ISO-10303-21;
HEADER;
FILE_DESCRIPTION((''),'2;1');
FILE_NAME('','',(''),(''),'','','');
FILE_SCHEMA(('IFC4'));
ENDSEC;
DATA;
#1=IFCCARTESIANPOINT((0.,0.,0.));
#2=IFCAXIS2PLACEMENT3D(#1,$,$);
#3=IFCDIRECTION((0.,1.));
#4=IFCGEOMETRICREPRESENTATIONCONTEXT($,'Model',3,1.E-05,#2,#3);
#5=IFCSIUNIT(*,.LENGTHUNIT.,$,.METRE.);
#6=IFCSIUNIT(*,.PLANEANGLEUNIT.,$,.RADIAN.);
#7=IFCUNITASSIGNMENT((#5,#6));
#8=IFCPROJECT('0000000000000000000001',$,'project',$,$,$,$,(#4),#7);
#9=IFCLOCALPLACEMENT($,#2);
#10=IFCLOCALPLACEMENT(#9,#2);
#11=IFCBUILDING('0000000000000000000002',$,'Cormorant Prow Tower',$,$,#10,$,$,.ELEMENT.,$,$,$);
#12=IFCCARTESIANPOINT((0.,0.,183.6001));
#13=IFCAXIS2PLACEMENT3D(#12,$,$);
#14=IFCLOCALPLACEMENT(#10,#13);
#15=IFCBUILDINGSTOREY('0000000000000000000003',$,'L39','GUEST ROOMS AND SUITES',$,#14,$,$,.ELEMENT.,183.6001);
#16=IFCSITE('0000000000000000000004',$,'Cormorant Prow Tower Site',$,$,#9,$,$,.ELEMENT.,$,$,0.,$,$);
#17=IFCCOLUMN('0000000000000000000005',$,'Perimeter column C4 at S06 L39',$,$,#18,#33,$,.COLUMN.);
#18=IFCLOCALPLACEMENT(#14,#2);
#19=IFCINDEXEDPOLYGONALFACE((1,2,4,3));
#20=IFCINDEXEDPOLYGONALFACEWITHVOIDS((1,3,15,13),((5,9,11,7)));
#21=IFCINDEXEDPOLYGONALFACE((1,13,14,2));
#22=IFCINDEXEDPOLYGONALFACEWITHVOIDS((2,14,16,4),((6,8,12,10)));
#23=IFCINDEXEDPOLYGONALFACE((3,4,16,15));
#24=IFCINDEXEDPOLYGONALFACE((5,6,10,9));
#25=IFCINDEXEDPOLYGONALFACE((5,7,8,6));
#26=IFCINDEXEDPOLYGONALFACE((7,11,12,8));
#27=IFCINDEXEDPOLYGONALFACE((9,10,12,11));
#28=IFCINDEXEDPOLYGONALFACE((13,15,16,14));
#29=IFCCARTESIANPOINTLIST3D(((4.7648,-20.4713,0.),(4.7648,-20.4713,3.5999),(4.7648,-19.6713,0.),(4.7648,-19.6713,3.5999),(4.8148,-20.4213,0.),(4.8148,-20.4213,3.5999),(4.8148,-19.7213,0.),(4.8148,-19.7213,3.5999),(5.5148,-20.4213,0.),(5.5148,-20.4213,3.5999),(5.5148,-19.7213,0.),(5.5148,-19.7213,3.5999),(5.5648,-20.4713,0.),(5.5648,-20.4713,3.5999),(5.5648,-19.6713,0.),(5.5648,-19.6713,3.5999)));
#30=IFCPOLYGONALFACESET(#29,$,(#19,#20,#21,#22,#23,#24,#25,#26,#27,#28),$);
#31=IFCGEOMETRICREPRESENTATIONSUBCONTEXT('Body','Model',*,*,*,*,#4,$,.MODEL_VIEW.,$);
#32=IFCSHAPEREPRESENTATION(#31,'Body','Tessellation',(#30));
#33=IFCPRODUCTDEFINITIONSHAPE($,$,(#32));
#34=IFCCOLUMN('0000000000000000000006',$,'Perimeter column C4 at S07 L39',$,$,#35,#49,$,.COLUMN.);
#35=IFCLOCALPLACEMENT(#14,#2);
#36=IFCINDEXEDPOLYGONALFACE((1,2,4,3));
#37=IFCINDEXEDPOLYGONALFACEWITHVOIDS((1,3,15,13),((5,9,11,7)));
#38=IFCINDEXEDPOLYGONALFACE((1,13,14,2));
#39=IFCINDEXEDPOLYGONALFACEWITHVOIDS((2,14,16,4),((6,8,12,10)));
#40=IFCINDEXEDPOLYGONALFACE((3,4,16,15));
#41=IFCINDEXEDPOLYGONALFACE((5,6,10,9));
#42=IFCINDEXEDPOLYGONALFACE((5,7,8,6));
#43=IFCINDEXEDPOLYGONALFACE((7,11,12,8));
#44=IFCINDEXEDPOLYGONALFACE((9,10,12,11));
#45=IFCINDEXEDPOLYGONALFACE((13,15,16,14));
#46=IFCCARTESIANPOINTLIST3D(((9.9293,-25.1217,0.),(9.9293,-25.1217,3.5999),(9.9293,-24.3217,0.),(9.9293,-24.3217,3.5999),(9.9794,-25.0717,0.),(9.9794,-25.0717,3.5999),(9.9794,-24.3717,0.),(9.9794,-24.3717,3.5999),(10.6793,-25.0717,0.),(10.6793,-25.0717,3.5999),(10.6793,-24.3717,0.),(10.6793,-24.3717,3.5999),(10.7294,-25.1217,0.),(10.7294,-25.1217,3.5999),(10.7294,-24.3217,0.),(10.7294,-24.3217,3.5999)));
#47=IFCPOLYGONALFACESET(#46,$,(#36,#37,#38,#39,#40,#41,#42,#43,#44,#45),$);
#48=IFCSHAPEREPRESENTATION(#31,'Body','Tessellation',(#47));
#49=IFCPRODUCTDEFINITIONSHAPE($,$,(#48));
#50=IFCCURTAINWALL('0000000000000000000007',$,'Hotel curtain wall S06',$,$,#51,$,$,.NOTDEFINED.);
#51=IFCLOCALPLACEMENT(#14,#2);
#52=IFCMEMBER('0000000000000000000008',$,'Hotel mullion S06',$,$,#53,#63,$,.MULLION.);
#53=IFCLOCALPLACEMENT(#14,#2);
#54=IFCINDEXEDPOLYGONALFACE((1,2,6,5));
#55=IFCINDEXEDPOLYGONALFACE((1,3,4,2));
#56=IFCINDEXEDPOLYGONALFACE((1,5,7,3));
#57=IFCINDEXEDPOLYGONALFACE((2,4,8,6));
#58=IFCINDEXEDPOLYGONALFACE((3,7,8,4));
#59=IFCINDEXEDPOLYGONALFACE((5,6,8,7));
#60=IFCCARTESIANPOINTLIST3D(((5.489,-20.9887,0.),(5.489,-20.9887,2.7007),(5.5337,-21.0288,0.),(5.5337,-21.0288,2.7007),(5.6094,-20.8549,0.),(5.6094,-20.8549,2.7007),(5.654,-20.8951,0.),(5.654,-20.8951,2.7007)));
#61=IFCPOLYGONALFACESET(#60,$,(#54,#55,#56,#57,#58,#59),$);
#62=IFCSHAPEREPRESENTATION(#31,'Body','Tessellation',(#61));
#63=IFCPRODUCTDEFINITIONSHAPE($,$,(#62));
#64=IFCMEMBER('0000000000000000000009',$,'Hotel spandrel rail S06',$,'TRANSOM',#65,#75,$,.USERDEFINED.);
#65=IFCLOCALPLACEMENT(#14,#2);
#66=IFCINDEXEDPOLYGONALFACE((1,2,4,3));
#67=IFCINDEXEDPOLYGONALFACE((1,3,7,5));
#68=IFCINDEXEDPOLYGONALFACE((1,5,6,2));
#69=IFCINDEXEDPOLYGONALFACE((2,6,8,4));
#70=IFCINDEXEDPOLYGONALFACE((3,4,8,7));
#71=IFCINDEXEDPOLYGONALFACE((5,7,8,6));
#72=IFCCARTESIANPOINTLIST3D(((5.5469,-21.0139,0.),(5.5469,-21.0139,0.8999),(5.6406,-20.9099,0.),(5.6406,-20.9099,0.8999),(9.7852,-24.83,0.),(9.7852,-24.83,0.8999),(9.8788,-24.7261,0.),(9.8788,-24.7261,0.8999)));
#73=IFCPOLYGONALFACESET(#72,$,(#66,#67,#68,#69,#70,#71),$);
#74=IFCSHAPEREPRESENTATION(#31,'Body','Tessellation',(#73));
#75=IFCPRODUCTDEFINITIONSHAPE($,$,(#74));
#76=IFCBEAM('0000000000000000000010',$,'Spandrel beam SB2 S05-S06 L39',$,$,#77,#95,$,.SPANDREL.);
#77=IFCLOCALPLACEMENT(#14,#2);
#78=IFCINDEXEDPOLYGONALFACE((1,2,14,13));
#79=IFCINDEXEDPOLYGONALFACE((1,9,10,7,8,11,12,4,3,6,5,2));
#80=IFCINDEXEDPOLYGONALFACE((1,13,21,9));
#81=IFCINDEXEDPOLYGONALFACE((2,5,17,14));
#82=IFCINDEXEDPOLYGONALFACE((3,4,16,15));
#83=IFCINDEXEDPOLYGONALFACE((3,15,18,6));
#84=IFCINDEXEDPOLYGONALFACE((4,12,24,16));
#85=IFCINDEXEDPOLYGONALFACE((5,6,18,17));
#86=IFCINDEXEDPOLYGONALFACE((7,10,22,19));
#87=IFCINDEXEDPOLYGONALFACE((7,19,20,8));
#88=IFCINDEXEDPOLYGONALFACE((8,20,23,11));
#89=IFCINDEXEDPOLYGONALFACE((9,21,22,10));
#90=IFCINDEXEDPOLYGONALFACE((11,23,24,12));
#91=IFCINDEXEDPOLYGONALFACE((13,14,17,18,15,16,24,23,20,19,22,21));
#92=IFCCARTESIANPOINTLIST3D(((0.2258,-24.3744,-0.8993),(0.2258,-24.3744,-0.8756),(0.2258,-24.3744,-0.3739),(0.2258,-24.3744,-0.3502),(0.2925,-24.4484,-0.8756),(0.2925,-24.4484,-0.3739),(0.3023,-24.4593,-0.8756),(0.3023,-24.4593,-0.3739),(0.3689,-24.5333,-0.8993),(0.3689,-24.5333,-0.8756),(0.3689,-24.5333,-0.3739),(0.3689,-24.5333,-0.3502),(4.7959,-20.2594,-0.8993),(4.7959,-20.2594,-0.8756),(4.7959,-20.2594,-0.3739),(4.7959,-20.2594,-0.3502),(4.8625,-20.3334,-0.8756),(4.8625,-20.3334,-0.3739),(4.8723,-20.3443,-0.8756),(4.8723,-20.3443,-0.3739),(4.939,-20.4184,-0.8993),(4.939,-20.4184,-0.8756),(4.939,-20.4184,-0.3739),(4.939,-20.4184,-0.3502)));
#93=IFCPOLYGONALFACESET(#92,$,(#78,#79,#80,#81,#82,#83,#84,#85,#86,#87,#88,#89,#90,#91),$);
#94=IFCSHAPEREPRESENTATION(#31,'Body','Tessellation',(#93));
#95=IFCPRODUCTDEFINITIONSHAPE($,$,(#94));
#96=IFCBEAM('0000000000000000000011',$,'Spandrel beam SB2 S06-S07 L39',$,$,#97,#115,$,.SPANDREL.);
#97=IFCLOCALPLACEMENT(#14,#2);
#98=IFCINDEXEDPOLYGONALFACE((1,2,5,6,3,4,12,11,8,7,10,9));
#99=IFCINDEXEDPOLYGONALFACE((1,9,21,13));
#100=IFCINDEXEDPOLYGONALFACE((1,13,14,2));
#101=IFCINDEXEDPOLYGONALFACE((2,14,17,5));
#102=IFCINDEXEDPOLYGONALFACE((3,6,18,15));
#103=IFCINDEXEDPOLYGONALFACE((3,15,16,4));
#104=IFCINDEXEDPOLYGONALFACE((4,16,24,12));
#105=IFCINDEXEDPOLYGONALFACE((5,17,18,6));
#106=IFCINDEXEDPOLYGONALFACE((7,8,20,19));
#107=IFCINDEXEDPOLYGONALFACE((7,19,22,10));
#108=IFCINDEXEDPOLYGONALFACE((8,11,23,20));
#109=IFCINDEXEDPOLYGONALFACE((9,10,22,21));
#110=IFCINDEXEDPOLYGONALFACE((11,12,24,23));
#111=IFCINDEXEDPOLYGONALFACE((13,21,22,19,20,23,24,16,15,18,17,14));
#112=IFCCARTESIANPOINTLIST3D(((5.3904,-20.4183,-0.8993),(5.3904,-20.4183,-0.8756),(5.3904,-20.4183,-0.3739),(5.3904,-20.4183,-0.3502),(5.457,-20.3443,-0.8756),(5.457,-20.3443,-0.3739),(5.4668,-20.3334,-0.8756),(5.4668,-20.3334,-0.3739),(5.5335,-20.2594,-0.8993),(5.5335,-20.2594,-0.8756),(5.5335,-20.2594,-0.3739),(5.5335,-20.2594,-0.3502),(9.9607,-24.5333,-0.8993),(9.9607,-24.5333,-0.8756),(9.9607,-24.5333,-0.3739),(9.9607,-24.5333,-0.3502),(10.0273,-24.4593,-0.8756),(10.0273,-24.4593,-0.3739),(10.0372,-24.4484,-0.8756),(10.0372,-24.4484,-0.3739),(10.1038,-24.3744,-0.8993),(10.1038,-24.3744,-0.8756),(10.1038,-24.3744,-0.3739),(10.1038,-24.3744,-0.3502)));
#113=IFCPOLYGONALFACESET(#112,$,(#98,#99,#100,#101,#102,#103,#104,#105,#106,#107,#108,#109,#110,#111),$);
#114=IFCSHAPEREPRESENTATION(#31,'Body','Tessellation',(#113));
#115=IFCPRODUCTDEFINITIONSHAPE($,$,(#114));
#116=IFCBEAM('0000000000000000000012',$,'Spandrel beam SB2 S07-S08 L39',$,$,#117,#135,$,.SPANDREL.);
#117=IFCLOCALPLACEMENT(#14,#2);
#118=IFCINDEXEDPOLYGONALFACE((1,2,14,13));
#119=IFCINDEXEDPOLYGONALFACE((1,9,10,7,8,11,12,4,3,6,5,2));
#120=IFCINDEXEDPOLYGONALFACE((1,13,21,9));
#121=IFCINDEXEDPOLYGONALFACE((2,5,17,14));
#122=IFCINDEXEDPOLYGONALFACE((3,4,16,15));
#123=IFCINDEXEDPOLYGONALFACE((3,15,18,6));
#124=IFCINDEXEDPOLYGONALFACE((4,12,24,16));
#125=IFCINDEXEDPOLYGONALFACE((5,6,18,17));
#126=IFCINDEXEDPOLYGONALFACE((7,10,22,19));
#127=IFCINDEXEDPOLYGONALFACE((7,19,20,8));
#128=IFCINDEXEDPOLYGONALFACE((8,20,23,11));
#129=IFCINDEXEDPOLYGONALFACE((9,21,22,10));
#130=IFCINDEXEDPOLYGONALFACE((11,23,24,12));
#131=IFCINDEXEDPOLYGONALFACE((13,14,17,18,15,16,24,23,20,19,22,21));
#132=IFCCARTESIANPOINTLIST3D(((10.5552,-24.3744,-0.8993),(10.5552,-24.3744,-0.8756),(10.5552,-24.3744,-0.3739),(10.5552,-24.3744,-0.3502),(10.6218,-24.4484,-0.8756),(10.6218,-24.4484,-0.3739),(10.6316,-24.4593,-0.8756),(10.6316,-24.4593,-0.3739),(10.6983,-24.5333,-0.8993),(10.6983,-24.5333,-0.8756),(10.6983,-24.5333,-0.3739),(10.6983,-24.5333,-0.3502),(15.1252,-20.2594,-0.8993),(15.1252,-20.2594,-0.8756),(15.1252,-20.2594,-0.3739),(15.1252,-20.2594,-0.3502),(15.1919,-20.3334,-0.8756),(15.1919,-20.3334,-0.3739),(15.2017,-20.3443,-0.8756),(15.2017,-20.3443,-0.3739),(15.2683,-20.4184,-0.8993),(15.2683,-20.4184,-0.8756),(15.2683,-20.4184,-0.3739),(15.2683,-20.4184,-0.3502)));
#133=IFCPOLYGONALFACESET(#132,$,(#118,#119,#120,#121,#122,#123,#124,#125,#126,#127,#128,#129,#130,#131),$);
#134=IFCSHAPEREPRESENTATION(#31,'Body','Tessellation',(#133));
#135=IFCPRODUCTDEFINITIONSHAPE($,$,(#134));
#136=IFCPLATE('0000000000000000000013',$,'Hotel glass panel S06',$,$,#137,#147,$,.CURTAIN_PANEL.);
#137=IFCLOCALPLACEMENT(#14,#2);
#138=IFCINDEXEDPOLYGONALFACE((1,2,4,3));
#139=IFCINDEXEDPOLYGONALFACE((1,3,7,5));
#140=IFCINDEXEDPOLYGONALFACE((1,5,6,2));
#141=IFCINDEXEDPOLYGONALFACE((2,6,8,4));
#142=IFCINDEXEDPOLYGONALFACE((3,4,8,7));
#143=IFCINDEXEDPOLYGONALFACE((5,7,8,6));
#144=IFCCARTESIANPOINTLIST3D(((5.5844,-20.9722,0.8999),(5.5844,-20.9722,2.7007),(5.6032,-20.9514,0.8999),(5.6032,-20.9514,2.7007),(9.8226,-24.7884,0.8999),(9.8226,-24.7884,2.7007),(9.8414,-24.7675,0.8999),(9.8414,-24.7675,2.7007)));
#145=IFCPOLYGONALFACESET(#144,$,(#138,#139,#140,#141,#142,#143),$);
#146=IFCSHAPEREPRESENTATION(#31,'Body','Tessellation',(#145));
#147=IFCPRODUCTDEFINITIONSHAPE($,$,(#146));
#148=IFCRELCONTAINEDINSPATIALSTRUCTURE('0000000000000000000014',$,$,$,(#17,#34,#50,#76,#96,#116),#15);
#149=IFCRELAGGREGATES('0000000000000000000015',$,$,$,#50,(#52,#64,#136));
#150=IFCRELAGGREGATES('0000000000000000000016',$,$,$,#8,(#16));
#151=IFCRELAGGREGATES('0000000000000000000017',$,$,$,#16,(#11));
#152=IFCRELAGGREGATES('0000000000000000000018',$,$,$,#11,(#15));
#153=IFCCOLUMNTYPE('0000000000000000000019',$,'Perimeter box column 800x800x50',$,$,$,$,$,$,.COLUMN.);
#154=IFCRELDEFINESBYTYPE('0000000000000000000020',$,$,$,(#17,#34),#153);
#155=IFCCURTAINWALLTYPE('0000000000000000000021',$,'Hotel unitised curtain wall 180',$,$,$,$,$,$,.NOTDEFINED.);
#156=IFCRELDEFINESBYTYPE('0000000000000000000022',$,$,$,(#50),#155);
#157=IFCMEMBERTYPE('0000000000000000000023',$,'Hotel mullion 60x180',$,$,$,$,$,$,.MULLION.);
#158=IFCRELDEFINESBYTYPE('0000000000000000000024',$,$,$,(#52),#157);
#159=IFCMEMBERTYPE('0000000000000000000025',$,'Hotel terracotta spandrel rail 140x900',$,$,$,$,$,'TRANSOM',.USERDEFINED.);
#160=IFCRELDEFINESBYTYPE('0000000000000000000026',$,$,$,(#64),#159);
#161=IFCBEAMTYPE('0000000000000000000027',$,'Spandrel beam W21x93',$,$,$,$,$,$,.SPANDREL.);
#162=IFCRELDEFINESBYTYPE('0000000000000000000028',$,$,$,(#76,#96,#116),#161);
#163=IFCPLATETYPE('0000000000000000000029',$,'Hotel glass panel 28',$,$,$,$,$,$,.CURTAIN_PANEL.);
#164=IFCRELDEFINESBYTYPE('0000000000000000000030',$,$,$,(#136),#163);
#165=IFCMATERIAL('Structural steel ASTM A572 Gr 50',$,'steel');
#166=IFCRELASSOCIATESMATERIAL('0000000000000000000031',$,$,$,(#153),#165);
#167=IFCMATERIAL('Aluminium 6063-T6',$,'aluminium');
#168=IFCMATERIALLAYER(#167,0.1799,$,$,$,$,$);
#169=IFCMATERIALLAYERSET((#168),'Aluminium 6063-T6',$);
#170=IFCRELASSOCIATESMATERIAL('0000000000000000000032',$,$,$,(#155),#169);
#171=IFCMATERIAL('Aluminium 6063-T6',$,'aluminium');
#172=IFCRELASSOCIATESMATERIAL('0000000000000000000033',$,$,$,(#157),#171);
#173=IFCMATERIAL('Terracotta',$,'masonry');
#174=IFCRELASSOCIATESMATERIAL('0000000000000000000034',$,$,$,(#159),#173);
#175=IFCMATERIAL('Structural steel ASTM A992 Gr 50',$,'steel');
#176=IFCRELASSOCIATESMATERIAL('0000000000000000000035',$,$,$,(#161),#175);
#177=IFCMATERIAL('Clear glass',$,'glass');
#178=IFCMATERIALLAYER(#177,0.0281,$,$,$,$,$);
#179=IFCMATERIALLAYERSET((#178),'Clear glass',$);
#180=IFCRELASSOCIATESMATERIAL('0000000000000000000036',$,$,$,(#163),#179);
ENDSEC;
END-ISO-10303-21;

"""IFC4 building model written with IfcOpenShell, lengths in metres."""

from ifc_helpers import new_model, si_unit, direction, frame, origin, origin_2d, place, context, subcontext, project, spatial, rectangle, hollow_rectangle, i_section, extrude, material, layer, layer_set, material_profile, profile_set, type_object, element, aggregate, save


model = new_model("IFC4")

# Units and contexts
model_context = context("Model", 3, precision=1e-05, world=origin(), true_north=direction((0.0, 1.0)))
body_context = subcontext(model_context, "Body", "Model", "MODEL_VIEW")
ifc_project = project(units=[si_unit("LENGTHUNIT", "METRE"), si_unit("PLANEANGLEUNIT", "RADIAN")], contexts=[model_context])

# Site, building, storey
site_placement = place(None, origin())
site = spatial("IfcSite", under=ifc_project, at=site_placement, Name="Cormorant Prow Tower Site", CompositionType="ELEMENT", RefElevation=0.0)
building_placement = place(site_placement, origin())
building = spatial("IfcBuilding", under=site, at=building_placement, Name="Cormorant Prow Tower", CompositionType="ELEMENT")
storey_placement = place(building_placement, frame((0.0, 0.0, 183.6001)))
storey = spatial("IfcBuildingStorey", under=building, at=storey_placement, Name="L39", Description="GUEST ROOMS AND SUITES", CompositionType="ELEMENT", Elevation=183.6001)

# Columns
ifc_material_1 = material(Name="Structural steel ASTM A572 Gr 50", Category="steel")
ifc_material_profile_1 = material_profile(ifc_material_1, hollow_rectangle(XDim=0.8, YDim=0.8, WallThickness=0.05, at=origin_2d()), Name="Box 800x800x50")
ifc_profile_set_1 = profile_set([ifc_material_profile_1], Name="Structural steel ASTM A572 Gr 50")
column_type = type_object("IfcColumnType", Name="Perimeter box column 800x800x50", PredefinedType="COLUMN", material=ifc_profile_set_1)
for number, where, z_axis, x_axis, name in (
    (1, (5.1648, -20.0713, 0.0), (0.0, 0.0, 1.0), (1.0, 0.0, 0.0), "Perimeter column C4 at S06 L39"),
    (2, (10.3293, -24.7217, 0.0), (0.0, 0.0, 1.0), (1.0, 0.0, 0.0), "Perimeter column C4 at S07 L39"),
):
    element("IfcColumn", number, at=place(storey_placement, frame(where, z_axis=z_axis, x_axis=x_axis)), inside=storey, type_object=column_type, Name=name, PredefinedType="COLUMN", context=body_context, shape_type="SweptSolid", body=[
        extrude(hollow_rectangle(XDim=0.8, YDim=0.8, WallThickness=0.05, at=origin_2d()), origin(), (0.0, 0.0, 1.0), 3.5999),
    ])

# Curtain wall, members
ifc_material_2 = material(Name="Aluminium 6063-T6", Category="aluminium")
ifc_layer_1 = layer(ifc_material_2, 0.1799)
ifc_layer_set_1 = layer_set([ifc_layer_1], Name="Aluminium 6063-T6")
curtain_wall_type = type_object("IfcCurtainWallType", Name="Hotel unitised curtain wall 180", PredefinedType="NOTDEFINED", material=ifc_layer_set_1)
curtain_wall_placement = place(storey_placement, origin())
curtain_wall = element("IfcCurtainWall", 3, at=curtain_wall_placement, inside=storey, type_object=curtain_wall_type, Name="Hotel curtain wall S06", PredefinedType="NOTDEFINED")
ifc_material_3 = material(Name="Aluminium 6063-T6", Category="aluminium")
ifc_material_profile_2 = material_profile(ifc_material_3, rectangle(XDim=0.1799, YDim=0.0601, at=origin_2d()), Name="Hotel mullion 60x180")
ifc_profile_set_2 = profile_set([ifc_material_profile_2], Name="Aluminium 6063-T6")
member_type_1 = type_object("IfcMemberType", Name="Hotel mullion 60x180", PredefinedType="MULLION", material=ifc_profile_set_2)
member_1_placement = place(storey_placement, frame((5.5715, -20.9419, 0.0), z_axis=(0.0, 0.0, 1.0), x_axis=(0.669131, 0.743145, 0.0)))
member_1 = element("IfcMember", 4, at=member_1_placement, type_object=member_type_1, Name="Hotel mullion S06", PredefinedType="MULLION", context=body_context, shape_type="SweptSolid", body=[
    extrude(rectangle(XDim=0.1799, YDim=0.0601, at=origin_2d()), origin(), (0.0, 0.0, 1.0), 2.7007),
])
ifc_material_4 = material(Name="Terracotta", Category="masonry")
ifc_material_profile_3 = material_profile(ifc_material_4, rectangle(XDim=0.1399, YDim=0.8999, at=origin_2d()), Name="Hotel terracotta spandrel rail 140x900")
ifc_profile_set_3 = profile_set([ifc_material_profile_3], Name="Terracotta")
member_type_2 = type_object("IfcMemberType", Name="Hotel terracotta spandrel rail 140x900", ElementType="TRANSOM", PredefinedType="USERDEFINED", material=ifc_profile_set_3)
member_2_placement = place(storey_placement, frame((5.5938, -20.9619, 0.45), z_axis=(0.743145, -0.66913, 0.0), x_axis=(0.66913, 0.743145, 0.0)))
member_2 = element("IfcMember", 5, at=member_2_placement, type_object=member_type_2, Name="Hotel spandrel rail S06", ObjectType="TRANSOM", PredefinedType="USERDEFINED", context=body_context, shape_type="SweptSolid", body=[
    extrude(rectangle(XDim=0.1399, YDim=0.8999, at=origin_2d()), origin(), (0.0, 0.0, 1.0), 5.7031),
])

# Beams
ifc_material_5 = material(Name="Structural steel ASTM A992 Gr 50", Category="steel")
ifc_material_profile_4 = material_profile(ifc_material_5, i_section(OverallWidth=0.2139, OverallDepth=0.5491, WebThickness=0.0146, FlangeThickness=0.0237, at=origin_2d()), Name="W21x93")
ifc_profile_set_4 = profile_set([ifc_material_profile_4], Name="Structural steel ASTM A992 Gr 50")
beam_type = type_object("IfcBeamType", Name="Spandrel beam W21x93", PredefinedType="SPANDREL", material=ifc_profile_set_4)
beam_1_placement = place(storey_placement, frame((0.2974, -24.4539, -0.6248), z_axis=(0.743138, 0.669138, 0.0), x_axis=(-0.669138, 0.743138, 0.0)))
element("IfcBeam", 6, at=beam_1_placement, inside=storey, type_object=beam_type, Name="Spandrel beam SB2 S05-S06 L39", PredefinedType="SPANDREL", context=body_context, shape_type="SweptSolid", body=[
    extrude(i_section(OverallWidth=0.2139, OverallDepth=0.5491, WebThickness=0.0146, FlangeThickness=0.0237, at=origin_2d()), origin(), (0.0, 0.0, 1.0), 6.1497),
])
beam_2_placement = place(storey_placement, frame((5.4619, -20.3389, -0.6248), z_axis=(0.743156, -0.669118, 0.0), x_axis=(0.669118, 0.743156, 0.0)))
element("IfcBeam", 7, at=beam_2_placement, inside=storey, type_object=beam_type, Name="Spandrel beam SB2 S06-S07 L39", PredefinedType="SPANDREL", context=body_context, shape_type="SweptSolid", body=[
    extrude(i_section(OverallWidth=0.2139, OverallDepth=0.5491, WebThickness=0.0146, FlangeThickness=0.0237, at=origin_2d()), origin(), (0.0, 0.0, 1.0), 6.1499),
])
beam_3_placement = place(storey_placement, frame((10.6267, -24.4539, -0.6248), z_axis=(0.743138, 0.669138, 0.0), x_axis=(-0.669138, 0.743138, 0.0)))
element("IfcBeam", 8, at=beam_3_placement, inside=storey, type_object=beam_type, Name="Spandrel beam SB2 S07-S08 L39", PredefinedType="SPANDREL", context=body_context, shape_type="SweptSolid", body=[
    extrude(i_section(OverallWidth=0.2139, OverallDepth=0.5491, WebThickness=0.0146, FlangeThickness=0.0237, at=origin_2d()), origin(), (0.0, 0.0, 1.0), 6.1497),
])

# Plate
ifc_material_6 = material(Name="Clear glass", Category="glass")
ifc_layer_2 = layer(ifc_material_6, 0.0281)
ifc_layer_set_2 = layer_set([ifc_layer_2], Name="Clear glass")
plate_type = type_object("IfcPlateType", Name="Hotel glass panel 28", PredefinedType="CURTAIN_PANEL", material=ifc_layer_set_2)
plate_placement = place(storey_placement, frame((7.7129, -22.8699, 0.8999), z_axis=(0.0, 0.0, 1.0), x_axis=(0.743145, -0.669131, 0.0)))
plate = element("IfcPlate", 9, at=plate_placement, type_object=plate_type, Name="Hotel glass panel S06", PredefinedType="CURTAIN_PANEL", context=body_context, shape_type="SweptSolid", body=[
    extrude(rectangle(XDim=5.7031, YDim=0.0281, at=origin_2d()), origin(), (0.0, 0.0, 1.0), 1.8008),
])
aggregate(curtain_wall, [member_1, member_2, plate])

save(model, "model.ifc")
